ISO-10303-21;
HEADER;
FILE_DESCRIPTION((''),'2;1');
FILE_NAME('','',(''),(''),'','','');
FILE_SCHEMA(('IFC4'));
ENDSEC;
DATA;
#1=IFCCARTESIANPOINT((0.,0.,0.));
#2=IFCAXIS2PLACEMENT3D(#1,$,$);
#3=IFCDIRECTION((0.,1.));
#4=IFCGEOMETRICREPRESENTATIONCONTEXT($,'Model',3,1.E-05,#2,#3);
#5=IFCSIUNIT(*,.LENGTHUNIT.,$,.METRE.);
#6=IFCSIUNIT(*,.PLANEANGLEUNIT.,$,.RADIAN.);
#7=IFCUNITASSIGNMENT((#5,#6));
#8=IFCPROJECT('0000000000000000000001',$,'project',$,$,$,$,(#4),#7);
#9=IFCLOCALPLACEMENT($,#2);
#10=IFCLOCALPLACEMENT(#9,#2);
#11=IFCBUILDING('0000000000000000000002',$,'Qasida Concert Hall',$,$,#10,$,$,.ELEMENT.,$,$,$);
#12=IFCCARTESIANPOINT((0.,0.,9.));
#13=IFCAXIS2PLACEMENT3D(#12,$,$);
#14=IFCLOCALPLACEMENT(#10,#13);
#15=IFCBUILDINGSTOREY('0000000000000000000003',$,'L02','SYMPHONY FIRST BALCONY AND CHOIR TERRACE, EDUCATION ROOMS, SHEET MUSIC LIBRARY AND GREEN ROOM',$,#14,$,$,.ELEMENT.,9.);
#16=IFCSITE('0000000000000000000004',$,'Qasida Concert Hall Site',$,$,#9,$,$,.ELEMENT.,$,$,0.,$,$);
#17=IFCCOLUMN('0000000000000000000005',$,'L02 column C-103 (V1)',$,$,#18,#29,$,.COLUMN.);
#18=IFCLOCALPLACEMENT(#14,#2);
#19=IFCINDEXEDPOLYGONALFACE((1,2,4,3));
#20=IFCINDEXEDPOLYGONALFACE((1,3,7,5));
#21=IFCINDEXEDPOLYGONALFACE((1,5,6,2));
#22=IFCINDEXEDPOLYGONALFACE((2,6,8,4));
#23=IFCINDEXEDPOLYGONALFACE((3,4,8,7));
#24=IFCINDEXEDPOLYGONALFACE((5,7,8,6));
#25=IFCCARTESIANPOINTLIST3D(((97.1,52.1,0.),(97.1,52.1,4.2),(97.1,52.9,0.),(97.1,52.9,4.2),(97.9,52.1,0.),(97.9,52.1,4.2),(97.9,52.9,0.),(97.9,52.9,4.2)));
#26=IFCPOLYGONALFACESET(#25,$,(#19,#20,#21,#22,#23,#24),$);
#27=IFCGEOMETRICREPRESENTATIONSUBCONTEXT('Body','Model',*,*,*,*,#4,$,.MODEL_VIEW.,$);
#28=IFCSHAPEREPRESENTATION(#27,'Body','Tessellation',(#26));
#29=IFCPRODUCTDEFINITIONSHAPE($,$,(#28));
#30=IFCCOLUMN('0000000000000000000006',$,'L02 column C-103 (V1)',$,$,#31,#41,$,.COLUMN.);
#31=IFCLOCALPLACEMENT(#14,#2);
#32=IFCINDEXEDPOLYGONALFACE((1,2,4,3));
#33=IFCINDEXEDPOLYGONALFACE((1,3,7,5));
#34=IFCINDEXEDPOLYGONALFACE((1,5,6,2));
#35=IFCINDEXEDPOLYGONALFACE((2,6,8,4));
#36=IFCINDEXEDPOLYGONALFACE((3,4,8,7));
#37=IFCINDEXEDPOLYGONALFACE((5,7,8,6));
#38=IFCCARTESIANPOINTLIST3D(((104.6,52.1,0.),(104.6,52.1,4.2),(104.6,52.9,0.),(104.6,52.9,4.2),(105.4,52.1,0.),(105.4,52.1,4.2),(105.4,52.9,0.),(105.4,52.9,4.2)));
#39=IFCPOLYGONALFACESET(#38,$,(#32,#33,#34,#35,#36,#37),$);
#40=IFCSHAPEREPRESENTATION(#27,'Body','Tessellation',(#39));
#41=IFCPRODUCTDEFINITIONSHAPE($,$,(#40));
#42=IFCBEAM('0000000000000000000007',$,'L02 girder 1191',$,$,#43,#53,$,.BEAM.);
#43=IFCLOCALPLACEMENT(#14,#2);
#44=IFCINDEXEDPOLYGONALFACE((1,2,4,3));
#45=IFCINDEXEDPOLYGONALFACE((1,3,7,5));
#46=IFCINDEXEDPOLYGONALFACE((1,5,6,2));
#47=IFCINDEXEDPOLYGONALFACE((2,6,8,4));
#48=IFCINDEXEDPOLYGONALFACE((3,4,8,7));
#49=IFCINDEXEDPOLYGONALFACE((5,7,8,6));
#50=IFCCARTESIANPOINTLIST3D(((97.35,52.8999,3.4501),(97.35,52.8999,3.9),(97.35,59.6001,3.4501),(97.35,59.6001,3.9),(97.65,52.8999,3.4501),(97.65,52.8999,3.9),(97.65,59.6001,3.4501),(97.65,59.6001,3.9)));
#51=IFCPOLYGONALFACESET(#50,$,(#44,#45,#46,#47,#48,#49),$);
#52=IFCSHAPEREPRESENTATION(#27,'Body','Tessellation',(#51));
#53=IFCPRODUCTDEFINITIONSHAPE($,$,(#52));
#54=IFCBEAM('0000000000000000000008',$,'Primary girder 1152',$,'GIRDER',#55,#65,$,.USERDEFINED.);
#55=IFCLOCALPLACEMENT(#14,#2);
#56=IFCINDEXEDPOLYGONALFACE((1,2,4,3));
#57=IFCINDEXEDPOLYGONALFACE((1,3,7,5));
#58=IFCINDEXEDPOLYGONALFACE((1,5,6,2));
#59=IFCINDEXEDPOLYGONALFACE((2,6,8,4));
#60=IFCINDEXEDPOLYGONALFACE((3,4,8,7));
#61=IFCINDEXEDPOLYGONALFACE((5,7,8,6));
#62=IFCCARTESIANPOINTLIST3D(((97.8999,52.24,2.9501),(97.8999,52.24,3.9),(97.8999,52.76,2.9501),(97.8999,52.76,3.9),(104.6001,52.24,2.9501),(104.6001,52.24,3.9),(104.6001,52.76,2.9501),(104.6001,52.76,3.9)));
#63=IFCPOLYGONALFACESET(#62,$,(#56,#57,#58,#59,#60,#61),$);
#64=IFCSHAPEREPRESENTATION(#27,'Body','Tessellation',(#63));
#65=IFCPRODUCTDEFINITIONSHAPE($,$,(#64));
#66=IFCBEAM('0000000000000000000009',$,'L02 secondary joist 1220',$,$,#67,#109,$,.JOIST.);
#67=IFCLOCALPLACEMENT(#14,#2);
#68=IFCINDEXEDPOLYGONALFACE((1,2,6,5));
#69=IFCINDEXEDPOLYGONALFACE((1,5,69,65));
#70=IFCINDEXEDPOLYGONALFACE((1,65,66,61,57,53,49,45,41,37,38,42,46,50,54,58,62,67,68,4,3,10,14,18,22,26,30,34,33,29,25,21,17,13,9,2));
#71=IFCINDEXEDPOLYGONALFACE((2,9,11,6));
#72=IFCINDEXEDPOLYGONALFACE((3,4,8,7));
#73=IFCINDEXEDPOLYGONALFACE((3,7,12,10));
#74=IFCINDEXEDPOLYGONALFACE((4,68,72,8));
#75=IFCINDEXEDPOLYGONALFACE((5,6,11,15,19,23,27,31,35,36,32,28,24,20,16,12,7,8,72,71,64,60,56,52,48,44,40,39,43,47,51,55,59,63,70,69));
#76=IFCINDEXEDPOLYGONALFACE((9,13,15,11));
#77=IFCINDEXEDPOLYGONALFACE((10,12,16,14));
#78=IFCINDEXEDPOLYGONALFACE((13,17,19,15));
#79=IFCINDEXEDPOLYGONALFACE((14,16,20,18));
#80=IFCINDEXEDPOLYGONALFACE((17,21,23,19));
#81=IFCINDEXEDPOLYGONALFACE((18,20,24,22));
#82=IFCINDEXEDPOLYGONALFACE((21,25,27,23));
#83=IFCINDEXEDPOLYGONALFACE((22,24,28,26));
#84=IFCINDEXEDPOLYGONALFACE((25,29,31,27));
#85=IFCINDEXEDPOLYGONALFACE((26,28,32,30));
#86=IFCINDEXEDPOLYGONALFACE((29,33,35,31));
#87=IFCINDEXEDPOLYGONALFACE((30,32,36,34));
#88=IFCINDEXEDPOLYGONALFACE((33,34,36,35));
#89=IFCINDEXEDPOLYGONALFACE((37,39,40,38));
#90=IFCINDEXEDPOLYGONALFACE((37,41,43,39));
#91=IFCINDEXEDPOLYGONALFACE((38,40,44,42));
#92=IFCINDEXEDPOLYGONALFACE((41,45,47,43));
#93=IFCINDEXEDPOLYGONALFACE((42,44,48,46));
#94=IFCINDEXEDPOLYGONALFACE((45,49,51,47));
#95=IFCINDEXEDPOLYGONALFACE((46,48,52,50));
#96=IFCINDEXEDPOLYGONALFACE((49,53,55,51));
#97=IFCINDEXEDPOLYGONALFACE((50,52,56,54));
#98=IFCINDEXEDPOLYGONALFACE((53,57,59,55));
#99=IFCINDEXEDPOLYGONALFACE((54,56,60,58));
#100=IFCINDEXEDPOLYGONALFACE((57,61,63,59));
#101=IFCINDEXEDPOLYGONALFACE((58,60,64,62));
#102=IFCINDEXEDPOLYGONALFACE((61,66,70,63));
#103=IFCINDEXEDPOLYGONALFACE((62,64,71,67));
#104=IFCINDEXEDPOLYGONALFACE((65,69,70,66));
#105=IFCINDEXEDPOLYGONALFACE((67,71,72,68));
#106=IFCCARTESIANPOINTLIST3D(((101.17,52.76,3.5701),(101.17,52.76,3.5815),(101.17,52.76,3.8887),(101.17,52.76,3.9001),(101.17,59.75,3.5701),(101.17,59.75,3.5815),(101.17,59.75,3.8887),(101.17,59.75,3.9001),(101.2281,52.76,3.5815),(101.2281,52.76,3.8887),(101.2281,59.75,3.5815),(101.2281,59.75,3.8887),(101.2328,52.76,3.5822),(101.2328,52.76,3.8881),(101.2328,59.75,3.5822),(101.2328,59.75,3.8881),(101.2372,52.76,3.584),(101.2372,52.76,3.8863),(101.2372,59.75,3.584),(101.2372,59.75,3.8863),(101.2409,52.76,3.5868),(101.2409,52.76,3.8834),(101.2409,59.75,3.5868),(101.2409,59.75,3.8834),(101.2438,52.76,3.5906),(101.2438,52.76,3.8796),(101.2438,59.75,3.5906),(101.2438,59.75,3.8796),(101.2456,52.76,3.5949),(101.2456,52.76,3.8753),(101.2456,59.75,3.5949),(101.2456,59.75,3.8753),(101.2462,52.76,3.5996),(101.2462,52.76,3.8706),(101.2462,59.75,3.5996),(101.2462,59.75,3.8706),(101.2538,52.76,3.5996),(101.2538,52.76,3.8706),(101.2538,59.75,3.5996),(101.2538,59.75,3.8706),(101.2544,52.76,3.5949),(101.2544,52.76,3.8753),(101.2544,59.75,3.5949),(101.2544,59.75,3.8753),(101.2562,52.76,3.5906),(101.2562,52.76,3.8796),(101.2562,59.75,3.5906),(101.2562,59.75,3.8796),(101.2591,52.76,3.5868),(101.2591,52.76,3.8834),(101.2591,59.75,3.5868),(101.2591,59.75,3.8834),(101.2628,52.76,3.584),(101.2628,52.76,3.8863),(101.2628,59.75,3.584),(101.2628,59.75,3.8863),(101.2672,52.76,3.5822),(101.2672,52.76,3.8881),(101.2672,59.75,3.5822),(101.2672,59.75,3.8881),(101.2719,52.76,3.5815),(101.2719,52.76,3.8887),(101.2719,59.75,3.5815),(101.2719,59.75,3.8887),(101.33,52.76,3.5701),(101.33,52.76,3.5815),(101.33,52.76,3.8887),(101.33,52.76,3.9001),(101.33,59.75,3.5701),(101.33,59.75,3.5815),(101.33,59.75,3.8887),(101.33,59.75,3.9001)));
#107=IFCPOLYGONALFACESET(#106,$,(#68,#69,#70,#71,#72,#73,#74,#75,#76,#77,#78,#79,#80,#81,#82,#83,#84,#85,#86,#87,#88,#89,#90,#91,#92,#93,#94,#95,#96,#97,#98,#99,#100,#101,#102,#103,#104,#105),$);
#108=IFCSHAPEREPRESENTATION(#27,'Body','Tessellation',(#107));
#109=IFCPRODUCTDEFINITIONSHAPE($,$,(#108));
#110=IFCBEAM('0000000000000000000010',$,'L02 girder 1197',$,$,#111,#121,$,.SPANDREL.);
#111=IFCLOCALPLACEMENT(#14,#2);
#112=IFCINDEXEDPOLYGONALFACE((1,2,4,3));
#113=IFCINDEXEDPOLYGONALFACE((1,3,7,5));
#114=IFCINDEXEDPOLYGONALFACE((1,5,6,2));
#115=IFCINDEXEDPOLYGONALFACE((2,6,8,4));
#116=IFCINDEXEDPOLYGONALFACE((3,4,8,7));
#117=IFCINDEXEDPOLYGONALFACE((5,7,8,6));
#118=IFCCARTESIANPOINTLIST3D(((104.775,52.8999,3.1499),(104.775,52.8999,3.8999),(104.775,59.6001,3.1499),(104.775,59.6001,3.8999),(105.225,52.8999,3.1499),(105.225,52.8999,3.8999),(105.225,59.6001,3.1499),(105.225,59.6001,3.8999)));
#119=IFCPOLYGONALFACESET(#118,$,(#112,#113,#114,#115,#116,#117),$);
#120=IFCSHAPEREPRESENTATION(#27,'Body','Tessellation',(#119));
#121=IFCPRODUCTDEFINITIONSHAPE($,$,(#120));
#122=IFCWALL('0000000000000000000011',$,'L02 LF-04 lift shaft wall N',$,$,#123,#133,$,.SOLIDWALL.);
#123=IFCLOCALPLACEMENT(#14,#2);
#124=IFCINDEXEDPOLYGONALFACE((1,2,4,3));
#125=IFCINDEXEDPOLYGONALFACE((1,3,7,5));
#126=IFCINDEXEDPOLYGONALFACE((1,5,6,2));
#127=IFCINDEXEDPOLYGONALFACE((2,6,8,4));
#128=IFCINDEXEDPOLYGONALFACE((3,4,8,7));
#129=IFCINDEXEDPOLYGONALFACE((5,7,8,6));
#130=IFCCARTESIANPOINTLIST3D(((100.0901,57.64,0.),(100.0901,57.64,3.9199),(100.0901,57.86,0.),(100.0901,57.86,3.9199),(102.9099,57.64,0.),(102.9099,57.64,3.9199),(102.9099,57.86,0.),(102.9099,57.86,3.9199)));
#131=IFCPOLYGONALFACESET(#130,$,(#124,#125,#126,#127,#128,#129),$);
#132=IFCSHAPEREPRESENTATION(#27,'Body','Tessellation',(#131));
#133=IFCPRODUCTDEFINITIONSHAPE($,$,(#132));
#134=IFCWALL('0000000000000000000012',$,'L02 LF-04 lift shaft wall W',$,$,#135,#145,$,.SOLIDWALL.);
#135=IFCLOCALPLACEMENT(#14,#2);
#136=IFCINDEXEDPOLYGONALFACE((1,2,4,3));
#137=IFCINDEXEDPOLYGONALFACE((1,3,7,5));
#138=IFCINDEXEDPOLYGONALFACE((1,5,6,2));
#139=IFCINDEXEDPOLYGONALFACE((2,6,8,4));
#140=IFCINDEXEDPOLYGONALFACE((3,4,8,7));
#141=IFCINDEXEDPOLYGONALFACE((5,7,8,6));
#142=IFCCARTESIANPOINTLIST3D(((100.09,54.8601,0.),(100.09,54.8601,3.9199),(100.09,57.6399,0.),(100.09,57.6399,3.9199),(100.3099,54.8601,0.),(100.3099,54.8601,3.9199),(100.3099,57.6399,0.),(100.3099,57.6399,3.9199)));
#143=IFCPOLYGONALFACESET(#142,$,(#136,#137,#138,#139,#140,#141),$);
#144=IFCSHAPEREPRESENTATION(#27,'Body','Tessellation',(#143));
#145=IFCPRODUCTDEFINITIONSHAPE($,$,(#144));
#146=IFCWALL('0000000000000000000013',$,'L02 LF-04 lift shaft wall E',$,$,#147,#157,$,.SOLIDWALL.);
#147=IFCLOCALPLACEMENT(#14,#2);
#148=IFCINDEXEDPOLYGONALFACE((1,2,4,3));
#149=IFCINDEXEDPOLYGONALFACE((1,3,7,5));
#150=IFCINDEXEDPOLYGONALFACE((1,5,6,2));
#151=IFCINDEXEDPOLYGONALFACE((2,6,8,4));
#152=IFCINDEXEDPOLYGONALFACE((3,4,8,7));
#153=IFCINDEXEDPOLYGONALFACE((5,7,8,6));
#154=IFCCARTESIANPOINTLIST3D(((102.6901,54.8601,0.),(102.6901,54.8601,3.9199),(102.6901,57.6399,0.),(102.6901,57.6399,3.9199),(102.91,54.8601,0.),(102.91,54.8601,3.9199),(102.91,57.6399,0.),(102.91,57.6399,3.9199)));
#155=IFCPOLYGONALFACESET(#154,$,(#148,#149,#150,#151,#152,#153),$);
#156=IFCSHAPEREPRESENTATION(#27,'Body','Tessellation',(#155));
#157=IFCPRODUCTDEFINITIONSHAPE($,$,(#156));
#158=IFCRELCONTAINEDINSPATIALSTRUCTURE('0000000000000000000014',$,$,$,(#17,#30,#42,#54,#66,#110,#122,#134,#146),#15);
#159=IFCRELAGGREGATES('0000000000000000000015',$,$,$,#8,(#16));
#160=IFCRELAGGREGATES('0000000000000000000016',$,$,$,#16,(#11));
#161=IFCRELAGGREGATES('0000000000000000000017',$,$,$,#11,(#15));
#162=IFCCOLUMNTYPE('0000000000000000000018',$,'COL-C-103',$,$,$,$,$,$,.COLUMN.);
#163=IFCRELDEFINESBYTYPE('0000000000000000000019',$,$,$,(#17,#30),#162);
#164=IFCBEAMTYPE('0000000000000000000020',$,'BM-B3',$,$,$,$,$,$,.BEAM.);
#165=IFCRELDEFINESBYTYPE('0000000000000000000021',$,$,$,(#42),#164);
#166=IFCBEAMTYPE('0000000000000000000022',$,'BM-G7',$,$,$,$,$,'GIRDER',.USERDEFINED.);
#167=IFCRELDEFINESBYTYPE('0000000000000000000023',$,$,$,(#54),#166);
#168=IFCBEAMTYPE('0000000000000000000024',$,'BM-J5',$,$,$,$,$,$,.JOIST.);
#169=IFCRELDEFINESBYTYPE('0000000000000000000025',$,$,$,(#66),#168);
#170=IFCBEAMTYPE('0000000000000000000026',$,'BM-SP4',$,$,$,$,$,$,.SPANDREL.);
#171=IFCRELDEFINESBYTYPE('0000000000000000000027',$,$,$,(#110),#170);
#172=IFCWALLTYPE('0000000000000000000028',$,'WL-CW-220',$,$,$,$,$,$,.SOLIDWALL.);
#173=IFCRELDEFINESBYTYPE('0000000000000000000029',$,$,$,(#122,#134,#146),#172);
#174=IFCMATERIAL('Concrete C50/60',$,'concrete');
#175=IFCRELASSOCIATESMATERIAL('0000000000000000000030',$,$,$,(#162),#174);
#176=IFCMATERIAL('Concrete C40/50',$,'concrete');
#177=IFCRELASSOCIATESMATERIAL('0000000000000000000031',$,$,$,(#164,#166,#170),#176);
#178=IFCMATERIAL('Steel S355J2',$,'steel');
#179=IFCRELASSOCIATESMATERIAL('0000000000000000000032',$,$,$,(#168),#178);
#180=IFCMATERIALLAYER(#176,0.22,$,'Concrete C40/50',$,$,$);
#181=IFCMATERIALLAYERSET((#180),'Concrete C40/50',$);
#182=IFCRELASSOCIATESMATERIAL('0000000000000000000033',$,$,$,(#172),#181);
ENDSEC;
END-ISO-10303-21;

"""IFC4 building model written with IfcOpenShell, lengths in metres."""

from ifc_helpers import new_model, si_unit, direction, frame, frame_2d, origin, origin_2d, place, context, subcontext, project, spatial, rectangle, i_section, extrude, material, layer, layer_set, material_profile, profile_set, type_object, element, save


model = new_model("IFC4")

# Units and contexts
model_context = context("Model", 3, precision=1e-05, world=origin(), true_north=direction((0.0, 1.0)))
body_context = subcontext(model_context, "Body", "Model", "MODEL_VIEW")
ifc_project = project(units=[si_unit("LENGTHUNIT", "METRE"), si_unit("PLANEANGLEUNIT", "RADIAN")], contexts=[model_context])

# Site, building, storey
site_placement = place(None, origin())
site = spatial("IfcSite", under=ifc_project, at=site_placement, Name="Qasida Concert Hall Site", CompositionType="ELEMENT", RefElevation=0.0)
building_placement = place(site_placement, origin())
building = spatial("IfcBuilding", under=site, at=building_placement, Name="Qasida Concert Hall", CompositionType="ELEMENT")
storey_placement = place(building_placement, frame((0.0, 0.0, 9.0)))
storey = spatial("IfcBuildingStorey", under=building, at=storey_placement, Name="L02", Description="SYMPHONY FIRST BALCONY AND CHOIR TERRACE, EDUCATION ROOMS, SHEET MUSIC LIBRARY AND GREEN ROOM", CompositionType="ELEMENT", Elevation=9.0)

# Columns
ifc_material_1 = material(Name="Concrete C50/60", Category="concrete")
ifc_material_profile_1 = material_profile(ifc_material_1, rectangle(XDim=0.8, YDim=0.8, at=origin_2d()), Name="RC 800x800")
ifc_profile_set_1 = profile_set([ifc_material_profile_1], Name="Concrete C50/60")
column_type = type_object("IfcColumnType", Name="COL-C-103", PredefinedType="COLUMN", material=ifc_profile_set_1)
for number, where, z_axis, x_axis, name in (
    (1, (97.5, 52.5, 0.0), (0.0, 0.0, 1.0), (1.0, 0.0, 0.0), "L02 column C-103 (V1)"),
    (2, (105.0, 52.5, 0.0), (0.0, 0.0, 1.0), (1.0, 0.0, 0.0), "L02 column C-103 (V1)"),
):
    element("IfcColumn", number, at=place(storey_placement, frame(where, z_axis=z_axis, x_axis=x_axis)), inside=storey, type_object=column_type, Name=name, PredefinedType="COLUMN", context=body_context, shape_type="SweptSolid", body=[
        extrude(rectangle(XDim=0.8, YDim=0.8, at=origin_2d()), origin(), (0.0, 0.0, 1.0), 4.2),
    ])

# Beams
ifc_material_2 = material(Name="Concrete C40/50", Category="concrete")
ifc_material_profile_2 = material_profile(ifc_material_2, rectangle(XDim=0.3, YDim=0.45, at=origin_2d()), Name="RC 300x450")
ifc_profile_set_2 = profile_set([ifc_material_profile_2], Name="Concrete C40/50")
beam_type_1 = type_object("IfcBeamType", Name="BM-B3", PredefinedType="BEAM", material=ifc_profile_set_2)
beam_1_placement = place(storey_placement, frame((97.5, 52.8999, 3.675), z_axis=(0.0, 1.0, 0.0), x_axis=(-1.0, 0.0, 0.0)))
element("IfcBeam", 3, at=beam_1_placement, inside=storey, type_object=beam_type_1, Name="L02 girder 1191", PredefinedType="BEAM", context=body_context, shape_type="SweptSolid", body=[
    extrude(rectangle(XDim=0.3, YDim=0.45, at=origin_2d()), origin(), (0.0, 0.0, 1.0), 6.7002),
])
ifc_material_profile_3 = material_profile(ifc_material_2, rectangle(XDim=0.52, YDim=0.95, at=origin_2d()), Name="RC 520x950")
ifc_profile_set_3 = profile_set([ifc_material_profile_3], Name="Concrete C40/50")
beam_type_2 = type_object("IfcBeamType", Name="BM-G7", ElementType="GIRDER", PredefinedType="USERDEFINED", material=ifc_profile_set_3)
beam_2_placement = place(storey_placement, frame((97.8999, 52.5, 3.425), z_axis=(1.0, 0.0, 0.0), x_axis=(0.0, 1.0, 0.0)))
element("IfcBeam", 4, at=beam_2_placement, inside=storey, type_object=beam_type_2, Name="Primary girder 1152", ObjectType="GIRDER", PredefinedType="USERDEFINED", context=body_context, shape_type="SweptSolid", body=[
    extrude(rectangle(XDim=0.52, YDim=0.95, at=origin_2d()), origin(), (0.0, 0.0, 1.0), 6.7002),
])
ifc_material_3 = material(Name="Steel S355J2", Category="steel")
ifc_material_profile_4 = material_profile(ifc_material_3, i_section(OverallWidth=0.1599, OverallDepth=0.3301, WebThickness=0.0076, FlangeThickness=0.0115, FilletRadius=0.0181, at=origin_2d()), Name="IPE 330")
ifc_profile_set_4 = profile_set([ifc_material_profile_4], Name="Steel S355J2")
beam_type_3 = type_object("IfcBeamType", Name="BM-J5", PredefinedType="JOIST", material=ifc_profile_set_4)
beam_3_placement = place(storey_placement, frame((101.25, 52.76, 3.7351), z_axis=(0.0, 1.0, 0.0), x_axis=(-1.0, 0.0, 0.0)))
element("IfcBeam", 5, at=beam_3_placement, inside=storey, type_object=beam_type_3, Name="L02 secondary joist 1220", PredefinedType="JOIST", context=body_context, shape_type="SweptSolid", body=[
    extrude(i_section(OverallWidth=0.1599, OverallDepth=0.3301, WebThickness=0.0076, FlangeThickness=0.0115, FilletRadius=0.0181, at=origin_2d()), origin(), (0.0, 0.0, 1.0), 6.99),
])
ifc_material_profile_5 = material_profile(ifc_material_2, rectangle(XDim=0.45, YDim=0.75, at=origin_2d()), Name="RC 450x750")
ifc_profile_set_5 = profile_set([ifc_material_profile_5], Name="Concrete C40/50")
beam_type_4 = type_object("IfcBeamType", Name="BM-SP4", PredefinedType="SPANDREL", material=ifc_profile_set_5)
beam_4_placement = place(storey_placement, frame((105.0, 52.8999, 3.5249), z_axis=(0.0, 1.0, 0.0), x_axis=(-1.0, 0.0, 0.0)))
element("IfcBeam", 6, at=beam_4_placement, inside=storey, type_object=beam_type_4, Name="L02 girder 1197", PredefinedType="SPANDREL", context=body_context, shape_type="SweptSolid", body=[
    extrude(rectangle(XDim=0.45, YDim=0.75, at=origin_2d()), origin(), (0.0, 0.0, 1.0), 6.7002),
])

# Shared definitions
ifc_layer_1 = layer(ifc_material_2, 0.22, Name="Concrete C40/50")
ifc_layer_set_1 = layer_set([ifc_layer_1], Name="Concrete C40/50")
wall_type_1 = type_object("IfcWallType", Name="WL-CW-220", PredefinedType="SOLIDWALL", material=ifc_layer_set_1)

# Walls
wall_1_placement = place(storey_placement, frame((100.0901, 57.75, 0.0), z_axis=(0.0, 0.0, 1.0), x_axis=(1.0, 0.0, 0.0)))
element("IfcWall", 7, at=wall_1_placement, inside=storey, type_object=wall_type_1, Name="L02 LF-04 lift shaft wall N", PredefinedType="SOLIDWALL", context=body_context, shape_type="SweptSolid", body=[
    extrude(rectangle(XDim=2.8198, YDim=0.22, at=frame_2d((1.4099, 0.0))), origin(), (0.0, 0.0, 1.0), 3.9199),
])
for number, where, z_axis, x_axis, name in (
    (8, (100.2, 54.8601, 0.0), (0.0, 0.0, 1.0), (0.0, 1.0, 0.0), "L02 LF-04 lift shaft wall W"),
    (9, (102.8, 54.8601, 0.0), (0.0, 0.0, 1.0), (0.0, 1.0, 0.0), "L02 LF-04 lift shaft wall E"),
):
    element("IfcWall", number, at=place(storey_placement, frame(where, z_axis=z_axis, x_axis=x_axis)), inside=storey, type_object=wall_type_1, Name=name, PredefinedType="SOLIDWALL", context=body_context, shape_type="SweptSolid", body=[
        extrude(rectangle(XDim=2.7798, YDim=0.22, at=frame_2d((1.3899, 0.0))), origin(), (0.0, 0.0, 1.0), 3.9199),
    ])

save(model, "model.ifc")
